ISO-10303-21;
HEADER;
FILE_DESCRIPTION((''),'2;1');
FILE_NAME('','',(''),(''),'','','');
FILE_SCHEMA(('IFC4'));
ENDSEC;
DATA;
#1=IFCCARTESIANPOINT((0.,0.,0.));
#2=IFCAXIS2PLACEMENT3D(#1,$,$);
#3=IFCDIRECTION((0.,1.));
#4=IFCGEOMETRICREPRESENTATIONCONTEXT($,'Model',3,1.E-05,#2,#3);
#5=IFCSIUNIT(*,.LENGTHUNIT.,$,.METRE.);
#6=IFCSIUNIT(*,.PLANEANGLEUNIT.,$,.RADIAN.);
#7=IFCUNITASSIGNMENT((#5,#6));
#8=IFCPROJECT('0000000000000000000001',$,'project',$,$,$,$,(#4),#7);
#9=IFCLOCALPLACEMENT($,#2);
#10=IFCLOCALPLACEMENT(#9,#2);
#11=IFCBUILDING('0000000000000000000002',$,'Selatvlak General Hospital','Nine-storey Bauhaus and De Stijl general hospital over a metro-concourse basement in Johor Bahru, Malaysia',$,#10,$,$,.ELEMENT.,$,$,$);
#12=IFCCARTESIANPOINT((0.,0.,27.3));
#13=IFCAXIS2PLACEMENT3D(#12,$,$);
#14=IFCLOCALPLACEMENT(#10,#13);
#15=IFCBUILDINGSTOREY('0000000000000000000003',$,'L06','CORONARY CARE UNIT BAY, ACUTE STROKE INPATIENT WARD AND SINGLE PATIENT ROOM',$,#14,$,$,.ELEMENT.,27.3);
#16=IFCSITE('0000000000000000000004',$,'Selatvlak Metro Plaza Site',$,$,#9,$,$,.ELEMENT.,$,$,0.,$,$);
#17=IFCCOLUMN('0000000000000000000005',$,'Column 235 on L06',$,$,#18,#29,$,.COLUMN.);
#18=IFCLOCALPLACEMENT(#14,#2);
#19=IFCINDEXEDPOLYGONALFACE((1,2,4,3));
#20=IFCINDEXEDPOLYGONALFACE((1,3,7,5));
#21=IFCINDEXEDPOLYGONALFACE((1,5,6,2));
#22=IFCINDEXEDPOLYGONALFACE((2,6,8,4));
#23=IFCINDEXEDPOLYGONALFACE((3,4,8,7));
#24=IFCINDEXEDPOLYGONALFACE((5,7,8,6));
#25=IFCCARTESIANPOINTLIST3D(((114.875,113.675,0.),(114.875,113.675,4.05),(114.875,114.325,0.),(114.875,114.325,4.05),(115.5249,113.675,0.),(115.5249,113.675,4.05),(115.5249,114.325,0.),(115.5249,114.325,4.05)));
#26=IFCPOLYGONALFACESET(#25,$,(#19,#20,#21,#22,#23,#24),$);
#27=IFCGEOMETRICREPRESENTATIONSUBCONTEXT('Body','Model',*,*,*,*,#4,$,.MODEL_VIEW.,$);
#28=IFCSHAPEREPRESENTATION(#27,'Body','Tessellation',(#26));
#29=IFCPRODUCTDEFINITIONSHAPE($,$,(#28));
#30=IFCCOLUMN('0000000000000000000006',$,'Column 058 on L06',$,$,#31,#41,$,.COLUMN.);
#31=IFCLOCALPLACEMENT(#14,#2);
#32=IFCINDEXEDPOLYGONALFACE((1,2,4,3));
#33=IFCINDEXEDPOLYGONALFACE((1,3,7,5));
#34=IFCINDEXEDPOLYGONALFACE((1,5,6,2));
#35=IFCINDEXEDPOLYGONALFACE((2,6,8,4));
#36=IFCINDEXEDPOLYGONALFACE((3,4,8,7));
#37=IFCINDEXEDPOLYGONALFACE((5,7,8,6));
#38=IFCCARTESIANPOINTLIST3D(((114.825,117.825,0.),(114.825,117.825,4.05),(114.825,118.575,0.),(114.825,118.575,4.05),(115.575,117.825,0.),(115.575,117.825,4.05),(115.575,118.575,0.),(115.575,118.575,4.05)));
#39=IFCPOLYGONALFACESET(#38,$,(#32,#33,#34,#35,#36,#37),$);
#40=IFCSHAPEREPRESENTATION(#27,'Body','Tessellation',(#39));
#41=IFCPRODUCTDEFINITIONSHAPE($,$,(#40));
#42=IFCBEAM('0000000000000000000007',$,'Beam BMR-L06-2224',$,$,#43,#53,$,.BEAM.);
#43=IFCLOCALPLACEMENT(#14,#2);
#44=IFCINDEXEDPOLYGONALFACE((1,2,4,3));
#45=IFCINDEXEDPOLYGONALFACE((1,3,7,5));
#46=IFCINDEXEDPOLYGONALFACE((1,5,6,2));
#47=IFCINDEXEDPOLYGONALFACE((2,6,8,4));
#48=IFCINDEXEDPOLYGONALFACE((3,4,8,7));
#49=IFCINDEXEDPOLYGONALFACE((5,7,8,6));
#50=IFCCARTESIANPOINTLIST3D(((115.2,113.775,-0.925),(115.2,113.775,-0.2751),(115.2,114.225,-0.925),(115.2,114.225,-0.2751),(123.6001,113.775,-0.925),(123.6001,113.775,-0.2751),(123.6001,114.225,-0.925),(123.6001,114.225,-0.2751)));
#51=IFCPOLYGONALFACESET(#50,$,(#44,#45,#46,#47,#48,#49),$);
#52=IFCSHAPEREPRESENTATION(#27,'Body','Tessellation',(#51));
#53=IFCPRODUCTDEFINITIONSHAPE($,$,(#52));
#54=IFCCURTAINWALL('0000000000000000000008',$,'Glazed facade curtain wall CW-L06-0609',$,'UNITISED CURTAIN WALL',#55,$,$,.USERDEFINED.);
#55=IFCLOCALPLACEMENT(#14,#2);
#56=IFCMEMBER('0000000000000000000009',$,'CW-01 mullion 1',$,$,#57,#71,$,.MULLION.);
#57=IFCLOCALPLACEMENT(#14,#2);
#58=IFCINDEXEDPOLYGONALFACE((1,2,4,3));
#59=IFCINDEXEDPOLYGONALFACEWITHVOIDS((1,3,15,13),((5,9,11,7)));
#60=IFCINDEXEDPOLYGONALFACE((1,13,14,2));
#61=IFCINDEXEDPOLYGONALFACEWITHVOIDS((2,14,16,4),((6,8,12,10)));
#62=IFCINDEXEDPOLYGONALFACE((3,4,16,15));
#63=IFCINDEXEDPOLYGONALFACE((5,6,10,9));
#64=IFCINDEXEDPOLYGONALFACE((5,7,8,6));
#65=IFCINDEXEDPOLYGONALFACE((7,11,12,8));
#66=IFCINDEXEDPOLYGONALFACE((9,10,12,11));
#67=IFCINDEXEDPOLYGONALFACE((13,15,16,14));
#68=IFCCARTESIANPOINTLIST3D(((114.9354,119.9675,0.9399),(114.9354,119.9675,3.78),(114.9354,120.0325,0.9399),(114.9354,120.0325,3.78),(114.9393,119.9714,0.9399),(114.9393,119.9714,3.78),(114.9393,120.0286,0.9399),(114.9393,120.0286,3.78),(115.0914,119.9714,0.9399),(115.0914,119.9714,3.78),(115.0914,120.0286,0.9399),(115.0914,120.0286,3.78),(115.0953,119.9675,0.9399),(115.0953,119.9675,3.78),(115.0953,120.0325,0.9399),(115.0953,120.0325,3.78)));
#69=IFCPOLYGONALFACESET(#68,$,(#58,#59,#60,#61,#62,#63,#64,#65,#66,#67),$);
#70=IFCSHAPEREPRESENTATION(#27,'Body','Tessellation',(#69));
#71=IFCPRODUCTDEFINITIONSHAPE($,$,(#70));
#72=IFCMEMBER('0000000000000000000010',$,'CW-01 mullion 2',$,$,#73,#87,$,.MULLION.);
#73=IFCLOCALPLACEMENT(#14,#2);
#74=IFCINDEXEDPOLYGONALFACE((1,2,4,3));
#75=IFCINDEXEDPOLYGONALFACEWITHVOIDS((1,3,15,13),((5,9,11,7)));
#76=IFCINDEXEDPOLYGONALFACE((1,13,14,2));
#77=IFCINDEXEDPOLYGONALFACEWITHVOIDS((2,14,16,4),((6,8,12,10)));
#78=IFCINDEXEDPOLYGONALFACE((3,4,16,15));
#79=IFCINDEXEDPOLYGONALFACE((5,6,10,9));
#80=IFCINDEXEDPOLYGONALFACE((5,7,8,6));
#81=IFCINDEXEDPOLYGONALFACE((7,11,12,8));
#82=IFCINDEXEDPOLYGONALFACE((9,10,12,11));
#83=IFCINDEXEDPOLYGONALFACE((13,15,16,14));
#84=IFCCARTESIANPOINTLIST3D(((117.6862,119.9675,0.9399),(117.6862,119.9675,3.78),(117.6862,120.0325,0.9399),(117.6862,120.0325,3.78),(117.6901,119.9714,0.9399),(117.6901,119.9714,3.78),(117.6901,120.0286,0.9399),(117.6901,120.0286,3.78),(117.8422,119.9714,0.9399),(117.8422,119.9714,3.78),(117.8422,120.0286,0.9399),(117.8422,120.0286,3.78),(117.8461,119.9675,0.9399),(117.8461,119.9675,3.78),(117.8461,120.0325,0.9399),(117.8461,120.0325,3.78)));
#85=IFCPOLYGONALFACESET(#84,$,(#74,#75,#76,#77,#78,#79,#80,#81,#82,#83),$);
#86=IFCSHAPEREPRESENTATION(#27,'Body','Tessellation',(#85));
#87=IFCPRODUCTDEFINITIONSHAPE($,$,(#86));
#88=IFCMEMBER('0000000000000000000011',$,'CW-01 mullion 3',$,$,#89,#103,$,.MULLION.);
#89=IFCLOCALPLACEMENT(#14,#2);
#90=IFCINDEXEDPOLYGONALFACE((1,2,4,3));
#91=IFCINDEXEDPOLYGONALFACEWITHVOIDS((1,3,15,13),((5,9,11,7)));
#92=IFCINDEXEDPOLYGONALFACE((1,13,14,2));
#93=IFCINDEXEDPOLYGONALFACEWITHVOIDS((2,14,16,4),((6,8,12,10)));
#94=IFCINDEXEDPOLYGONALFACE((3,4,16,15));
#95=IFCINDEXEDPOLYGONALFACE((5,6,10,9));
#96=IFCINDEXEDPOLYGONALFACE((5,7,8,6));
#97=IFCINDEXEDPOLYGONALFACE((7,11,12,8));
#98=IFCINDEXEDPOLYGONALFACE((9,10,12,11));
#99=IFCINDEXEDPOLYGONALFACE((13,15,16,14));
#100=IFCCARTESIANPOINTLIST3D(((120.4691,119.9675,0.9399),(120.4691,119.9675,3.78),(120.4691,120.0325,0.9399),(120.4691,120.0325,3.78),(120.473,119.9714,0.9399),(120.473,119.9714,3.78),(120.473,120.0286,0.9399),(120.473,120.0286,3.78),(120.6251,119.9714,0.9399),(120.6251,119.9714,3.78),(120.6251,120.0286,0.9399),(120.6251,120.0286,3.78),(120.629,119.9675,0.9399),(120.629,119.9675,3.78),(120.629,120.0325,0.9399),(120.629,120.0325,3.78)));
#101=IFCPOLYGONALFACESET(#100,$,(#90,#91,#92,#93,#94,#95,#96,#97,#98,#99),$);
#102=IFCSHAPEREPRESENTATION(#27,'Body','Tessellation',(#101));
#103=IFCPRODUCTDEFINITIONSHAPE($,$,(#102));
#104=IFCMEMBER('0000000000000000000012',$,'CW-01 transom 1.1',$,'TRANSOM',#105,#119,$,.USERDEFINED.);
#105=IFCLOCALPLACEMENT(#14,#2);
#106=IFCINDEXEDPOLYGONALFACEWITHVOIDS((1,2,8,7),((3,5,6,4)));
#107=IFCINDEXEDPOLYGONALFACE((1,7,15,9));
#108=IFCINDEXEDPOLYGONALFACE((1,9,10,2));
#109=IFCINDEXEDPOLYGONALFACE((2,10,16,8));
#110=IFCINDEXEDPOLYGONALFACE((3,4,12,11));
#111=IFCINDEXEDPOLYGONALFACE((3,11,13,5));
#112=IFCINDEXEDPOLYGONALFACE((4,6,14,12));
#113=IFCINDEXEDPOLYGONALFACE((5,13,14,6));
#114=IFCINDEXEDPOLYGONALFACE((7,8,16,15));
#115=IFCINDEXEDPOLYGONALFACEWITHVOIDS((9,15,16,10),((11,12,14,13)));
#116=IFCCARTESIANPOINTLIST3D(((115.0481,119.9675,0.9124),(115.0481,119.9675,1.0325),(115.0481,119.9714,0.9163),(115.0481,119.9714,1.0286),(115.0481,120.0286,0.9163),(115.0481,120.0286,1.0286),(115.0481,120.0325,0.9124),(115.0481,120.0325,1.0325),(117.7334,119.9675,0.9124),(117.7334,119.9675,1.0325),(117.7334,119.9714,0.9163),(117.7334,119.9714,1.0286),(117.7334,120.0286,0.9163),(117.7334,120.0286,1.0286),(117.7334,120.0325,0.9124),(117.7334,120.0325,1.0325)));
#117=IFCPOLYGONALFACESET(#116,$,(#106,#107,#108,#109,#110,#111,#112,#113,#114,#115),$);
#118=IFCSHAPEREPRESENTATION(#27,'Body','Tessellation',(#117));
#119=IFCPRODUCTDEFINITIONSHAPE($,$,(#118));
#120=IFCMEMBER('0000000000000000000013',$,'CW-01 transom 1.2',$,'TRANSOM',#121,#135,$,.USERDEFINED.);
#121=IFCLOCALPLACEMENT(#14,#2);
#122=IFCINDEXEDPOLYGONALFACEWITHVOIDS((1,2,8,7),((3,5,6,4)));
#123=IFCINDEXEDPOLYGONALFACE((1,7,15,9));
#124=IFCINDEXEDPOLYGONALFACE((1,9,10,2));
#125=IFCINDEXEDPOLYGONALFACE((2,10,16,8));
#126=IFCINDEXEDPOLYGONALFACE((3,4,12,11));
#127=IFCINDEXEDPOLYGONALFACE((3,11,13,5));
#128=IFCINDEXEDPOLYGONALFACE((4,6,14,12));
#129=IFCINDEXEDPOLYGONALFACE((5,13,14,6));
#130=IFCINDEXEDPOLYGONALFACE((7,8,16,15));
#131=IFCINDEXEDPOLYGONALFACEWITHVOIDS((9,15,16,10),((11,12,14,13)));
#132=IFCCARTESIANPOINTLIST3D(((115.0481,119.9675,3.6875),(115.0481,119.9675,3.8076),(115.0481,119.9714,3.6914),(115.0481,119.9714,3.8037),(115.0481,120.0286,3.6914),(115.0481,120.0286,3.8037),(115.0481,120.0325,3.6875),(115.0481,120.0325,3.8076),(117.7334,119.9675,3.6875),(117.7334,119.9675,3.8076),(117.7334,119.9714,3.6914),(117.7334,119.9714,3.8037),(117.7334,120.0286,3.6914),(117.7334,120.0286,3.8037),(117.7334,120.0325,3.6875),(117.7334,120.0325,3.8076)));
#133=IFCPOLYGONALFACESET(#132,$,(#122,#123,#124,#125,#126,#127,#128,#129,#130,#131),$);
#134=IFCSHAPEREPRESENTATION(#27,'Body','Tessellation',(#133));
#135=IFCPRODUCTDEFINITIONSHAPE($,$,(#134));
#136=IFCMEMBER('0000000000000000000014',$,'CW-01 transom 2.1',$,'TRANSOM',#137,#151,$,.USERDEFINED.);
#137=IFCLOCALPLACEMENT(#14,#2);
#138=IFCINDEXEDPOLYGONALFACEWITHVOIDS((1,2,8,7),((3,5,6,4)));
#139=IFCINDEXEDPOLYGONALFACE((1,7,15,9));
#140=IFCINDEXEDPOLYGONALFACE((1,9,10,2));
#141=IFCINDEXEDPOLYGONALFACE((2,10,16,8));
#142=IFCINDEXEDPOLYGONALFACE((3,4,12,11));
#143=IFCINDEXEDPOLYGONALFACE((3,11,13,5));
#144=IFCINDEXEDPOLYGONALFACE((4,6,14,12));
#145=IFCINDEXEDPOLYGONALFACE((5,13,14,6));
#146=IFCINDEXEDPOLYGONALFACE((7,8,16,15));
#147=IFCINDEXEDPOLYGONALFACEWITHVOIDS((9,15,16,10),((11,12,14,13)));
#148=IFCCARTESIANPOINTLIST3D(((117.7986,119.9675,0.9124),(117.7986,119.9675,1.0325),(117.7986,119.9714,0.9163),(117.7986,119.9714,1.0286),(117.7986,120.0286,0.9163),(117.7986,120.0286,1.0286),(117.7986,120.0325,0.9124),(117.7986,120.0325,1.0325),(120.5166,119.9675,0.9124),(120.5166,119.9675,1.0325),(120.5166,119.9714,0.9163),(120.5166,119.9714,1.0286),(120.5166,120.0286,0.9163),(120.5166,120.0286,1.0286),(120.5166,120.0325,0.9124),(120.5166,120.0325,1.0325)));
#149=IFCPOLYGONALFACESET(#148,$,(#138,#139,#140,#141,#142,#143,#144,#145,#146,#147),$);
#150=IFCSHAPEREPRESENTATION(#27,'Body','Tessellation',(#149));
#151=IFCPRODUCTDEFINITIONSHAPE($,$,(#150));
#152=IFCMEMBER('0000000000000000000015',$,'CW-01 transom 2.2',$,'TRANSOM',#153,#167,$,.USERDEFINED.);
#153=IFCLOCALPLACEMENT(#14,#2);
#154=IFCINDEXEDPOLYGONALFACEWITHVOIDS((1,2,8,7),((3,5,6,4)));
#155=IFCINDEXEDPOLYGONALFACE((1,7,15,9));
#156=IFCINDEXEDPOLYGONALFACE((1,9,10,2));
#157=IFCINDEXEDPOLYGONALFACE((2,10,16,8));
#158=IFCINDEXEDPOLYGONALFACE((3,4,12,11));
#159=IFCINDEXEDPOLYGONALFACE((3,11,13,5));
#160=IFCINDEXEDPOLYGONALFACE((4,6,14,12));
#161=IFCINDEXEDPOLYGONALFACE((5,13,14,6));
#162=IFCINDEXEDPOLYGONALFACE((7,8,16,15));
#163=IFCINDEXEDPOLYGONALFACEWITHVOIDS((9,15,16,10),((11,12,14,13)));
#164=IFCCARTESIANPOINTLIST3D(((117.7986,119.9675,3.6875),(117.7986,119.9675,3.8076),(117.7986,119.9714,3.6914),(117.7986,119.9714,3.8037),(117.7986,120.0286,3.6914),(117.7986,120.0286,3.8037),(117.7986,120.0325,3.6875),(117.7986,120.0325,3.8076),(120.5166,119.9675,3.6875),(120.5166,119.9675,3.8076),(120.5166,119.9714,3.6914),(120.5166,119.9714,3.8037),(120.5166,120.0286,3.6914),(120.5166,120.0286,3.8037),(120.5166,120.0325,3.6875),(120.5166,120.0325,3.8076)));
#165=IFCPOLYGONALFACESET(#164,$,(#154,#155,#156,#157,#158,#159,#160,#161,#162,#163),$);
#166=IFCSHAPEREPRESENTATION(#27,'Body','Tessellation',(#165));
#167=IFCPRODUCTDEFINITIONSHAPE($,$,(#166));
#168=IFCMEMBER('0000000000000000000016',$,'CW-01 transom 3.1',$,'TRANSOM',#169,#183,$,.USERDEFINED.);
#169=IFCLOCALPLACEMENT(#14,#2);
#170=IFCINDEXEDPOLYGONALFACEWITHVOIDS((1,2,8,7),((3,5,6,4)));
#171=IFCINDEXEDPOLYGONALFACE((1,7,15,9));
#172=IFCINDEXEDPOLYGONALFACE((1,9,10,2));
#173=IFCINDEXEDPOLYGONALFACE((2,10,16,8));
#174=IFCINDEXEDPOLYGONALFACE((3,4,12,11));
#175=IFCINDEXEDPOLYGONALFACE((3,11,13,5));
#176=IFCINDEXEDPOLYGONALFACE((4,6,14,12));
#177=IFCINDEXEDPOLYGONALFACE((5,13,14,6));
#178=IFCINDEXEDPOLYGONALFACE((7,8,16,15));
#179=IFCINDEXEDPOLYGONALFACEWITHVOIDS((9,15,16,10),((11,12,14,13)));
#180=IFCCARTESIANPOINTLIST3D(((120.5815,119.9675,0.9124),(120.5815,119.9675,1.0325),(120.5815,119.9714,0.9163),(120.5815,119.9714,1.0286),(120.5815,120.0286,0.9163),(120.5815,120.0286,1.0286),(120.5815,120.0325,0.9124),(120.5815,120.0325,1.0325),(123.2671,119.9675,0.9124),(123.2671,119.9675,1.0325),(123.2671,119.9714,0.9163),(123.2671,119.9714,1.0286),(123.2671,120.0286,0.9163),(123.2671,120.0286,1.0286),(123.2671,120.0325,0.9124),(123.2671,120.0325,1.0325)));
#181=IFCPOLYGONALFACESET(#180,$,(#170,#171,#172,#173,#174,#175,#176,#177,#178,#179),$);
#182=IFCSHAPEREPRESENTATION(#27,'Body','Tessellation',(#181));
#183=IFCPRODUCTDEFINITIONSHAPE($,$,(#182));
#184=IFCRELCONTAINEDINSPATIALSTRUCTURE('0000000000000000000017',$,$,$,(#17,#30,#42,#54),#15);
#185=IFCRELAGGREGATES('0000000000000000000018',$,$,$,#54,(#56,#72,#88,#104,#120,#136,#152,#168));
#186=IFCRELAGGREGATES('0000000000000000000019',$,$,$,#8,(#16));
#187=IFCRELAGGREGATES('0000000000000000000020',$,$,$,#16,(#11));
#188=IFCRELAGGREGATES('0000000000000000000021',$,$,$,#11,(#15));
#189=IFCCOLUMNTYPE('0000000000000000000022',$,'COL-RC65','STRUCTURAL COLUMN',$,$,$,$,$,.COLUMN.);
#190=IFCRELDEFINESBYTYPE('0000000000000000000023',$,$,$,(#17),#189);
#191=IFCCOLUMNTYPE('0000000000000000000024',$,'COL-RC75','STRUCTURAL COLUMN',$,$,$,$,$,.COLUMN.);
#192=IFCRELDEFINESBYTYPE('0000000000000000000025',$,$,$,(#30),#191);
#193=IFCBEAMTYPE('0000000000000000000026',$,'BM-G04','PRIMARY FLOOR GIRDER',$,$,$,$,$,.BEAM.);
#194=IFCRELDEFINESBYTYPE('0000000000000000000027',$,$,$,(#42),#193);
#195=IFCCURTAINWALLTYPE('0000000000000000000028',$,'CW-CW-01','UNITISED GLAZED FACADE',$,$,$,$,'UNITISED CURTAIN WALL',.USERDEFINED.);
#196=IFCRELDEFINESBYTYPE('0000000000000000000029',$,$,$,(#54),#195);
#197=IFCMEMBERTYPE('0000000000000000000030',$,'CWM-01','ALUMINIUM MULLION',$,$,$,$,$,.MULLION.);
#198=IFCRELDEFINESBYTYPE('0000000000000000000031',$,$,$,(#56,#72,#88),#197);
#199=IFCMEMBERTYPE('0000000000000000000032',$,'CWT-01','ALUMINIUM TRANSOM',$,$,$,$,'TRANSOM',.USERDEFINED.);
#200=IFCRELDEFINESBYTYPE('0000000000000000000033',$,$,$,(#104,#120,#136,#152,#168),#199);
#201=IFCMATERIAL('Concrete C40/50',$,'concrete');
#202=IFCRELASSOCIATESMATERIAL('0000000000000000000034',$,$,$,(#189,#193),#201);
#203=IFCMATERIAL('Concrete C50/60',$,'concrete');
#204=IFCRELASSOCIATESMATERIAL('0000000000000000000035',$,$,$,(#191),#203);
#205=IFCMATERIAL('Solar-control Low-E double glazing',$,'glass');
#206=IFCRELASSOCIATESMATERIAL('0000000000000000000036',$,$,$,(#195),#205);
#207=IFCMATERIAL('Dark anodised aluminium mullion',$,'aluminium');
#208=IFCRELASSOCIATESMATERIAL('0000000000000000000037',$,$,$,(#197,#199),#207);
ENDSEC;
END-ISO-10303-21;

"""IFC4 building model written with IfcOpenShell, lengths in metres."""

from ifc_helpers import new_model, si_unit, direction, frame, origin, origin_2d, place, context, subcontext, project, spatial, rectangle, hollow_rectangle, extrude, material, material_profile, profile_set, type_object, element, aggregate, save


model = new_model("IFC4")

# Units and contexts
model_context = context("Model", 3, precision=1e-05, world=origin(), true_north=direction((0.0, 1.0)))
body_context = subcontext(model_context, "Body", "Model", "MODEL_VIEW")
ifc_project = project(units=[si_unit("LENGTHUNIT", "METRE"), si_unit("PLANEANGLEUNIT", "RADIAN")], contexts=[model_context])

# Site, building, storey
site_placement = place(None, origin())
site = spatial("IfcSite", under=ifc_project, at=site_placement, Name="Selatvlak Metro Plaza Site", CompositionType="ELEMENT", RefElevation=0.0)
building_placement = place(site_placement, origin())
building = spatial("IfcBuilding", under=site, at=building_placement, Name="Selatvlak General Hospital", Description="Nine-storey Bauhaus and De Stijl general hospital over a metro-concourse basement in Johor Bahru, Malaysia", CompositionType="ELEMENT")
storey_placement = place(building_placement, frame((0.0, 0.0, 27.3)))
storey = spatial("IfcBuildingStorey", under=building, at=storey_placement, Name="L06", Description="CORONARY CARE UNIT BAY, ACUTE STROKE INPATIENT WARD AND SINGLE PATIENT ROOM", CompositionType="ELEMENT", Elevation=27.3)

# Columns
ifc_material_1 = material(Name="Concrete C40/50", Category="concrete")
ifc_material_profile_1 = material_profile(ifc_material_1, rectangle(XDim=0.6499, YDim=0.6499, at=origin_2d()), Name="RC-COL 650x650")
ifc_profile_set_1 = profile_set([ifc_material_profile_1], Name="Concrete C40/50")
column_type_1 = type_object("IfcColumnType", Name="COL-RC65", Description="STRUCTURAL COLUMN", PredefinedType="COLUMN", material=ifc_profile_set_1)
column_1_placement = place(storey_placement, frame((115.2, 114.0, 0.0), z_axis=(0.0, 0.0, 1.0), x_axis=(1.0, 0.0, 0.0)))
element("IfcColumn", 1, at=column_1_placement, inside=storey, type_object=column_type_1, Name="Column 235 on L06", PredefinedType="COLUMN", context=body_context, shape_type="SweptSolid", body=[
    extrude(rectangle(XDim=0.6499, YDim=0.6499, at=origin_2d()), origin(), (0.0, 0.0, 1.0), 4.05),
])
ifc_material_2 = material(Name="Concrete C50/60", Category="concrete")
ifc_material_profile_2 = material_profile(ifc_material_2, rectangle(XDim=0.75, YDim=0.75, at=origin_2d()), Name="RC-COL 750x750")
ifc_profile_set_2 = profile_set([ifc_material_profile_2], Name="Concrete C50/60")
column_type_2 = type_object("IfcColumnType", Name="COL-RC75", Description="STRUCTURAL COLUMN", PredefinedType="COLUMN", material=ifc_profile_set_2)
column_2_placement = place(storey_placement, frame((115.2, 118.2, 0.0), z_axis=(0.0, 0.0, 1.0), x_axis=(1.0, 0.0, 0.0)))
element("IfcColumn", 2, at=column_2_placement, inside=storey, type_object=column_type_2, Name="Column 058 on L06", PredefinedType="COLUMN", context=body_context, shape_type="SweptSolid", body=[
    extrude(rectangle(XDim=0.75, YDim=0.75, at=origin_2d()), origin(), (0.0, 0.0, 1.0), 4.05),
])

# Beam
ifc_material_profile_3 = material_profile(ifc_material_1, rectangle(XDim=0.45, YDim=0.6499, at=origin_2d()), Name="RC-BM 450x650")
ifc_profile_set_3 = profile_set([ifc_material_profile_3], Name="Concrete C40/50")
beam_type = type_object("IfcBeamType", Name="BM-G04", Description="PRIMARY FLOOR GIRDER", PredefinedType="BEAM", material=ifc_profile_set_3)
beam_placement = place(storey_placement, frame((115.2, 114.0, -0.6001), z_axis=(1.0, 0.0, 0.0), x_axis=(0.0, 1.0, 0.0)))
element("IfcBeam", 3, at=beam_placement, inside=storey, type_object=beam_type, Name="Beam BMR-L06-2224", PredefinedType="BEAM", context=body_context, shape_type="SweptSolid", body=[
    extrude(rectangle(XDim=0.45, YDim=0.6499, at=origin_2d()), origin(), (0.0, 0.0, 1.0), 8.4001),
])

# Curtain wall, members
ifc_material_3 = material(Name="Solar-control Low-E double glazing", Category="glass")
curtain_wall_type = type_object("IfcCurtainWallType", Name="CW-CW-01", Description="UNITISED GLAZED FACADE", ElementType="UNITISED CURTAIN WALL", PredefinedType="USERDEFINED", material=ifc_material_3)
curtain_wall_placement = place(storey_placement, origin())
curtain_wall = element("IfcCurtainWall", 4, at=curtain_wall_placement, inside=storey, type_object=curtain_wall_type, Name="Glazed facade curtain wall CW-L06-0609", ObjectType="UNITISED CURTAIN WALL", PredefinedType="USERDEFINED")
ifc_material_4 = material(Name="Dark anodised aluminium mullion", Category="aluminium")
ifc_material_profile_4 = material_profile(ifc_material_4, hollow_rectangle(XDim=0.0649, YDim=0.1599, WallThickness=0.0039, at=origin_2d()), Name="AL-MUL 65x160x4")
ifc_profile_set_4 = profile_set([ifc_material_profile_4], Name="Dark anodised aluminium mullion")
member_type_1 = type_object("IfcMemberType", Name="CWM-01", Description="ALUMINIUM MULLION", PredefinedType="MULLION", material=ifc_profile_set_4)
member_1_placement = place(storey_placement, frame((115.0154, 120.0, 0.9399), z_axis=(0.0, 0.0, 1.0), x_axis=(0.0, 1.0, 0.0)))
member_1 = element("IfcMember", 5, at=member_1_placement, type_object=member_type_1, Name="CW-01 mullion 1", PredefinedType="MULLION", context=body_context, shape_type="SweptSolid", body=[
    extrude(hollow_rectangle(XDim=0.0649, YDim=0.1599, WallThickness=0.0039, at=origin_2d()), origin(), (0.0, 0.0, 1.0), 2.8401),
])
member_2_placement = place(storey_placement, frame((117.7661, 120.0, 0.9399), z_axis=(0.0, 0.0, 1.0), x_axis=(0.0, 1.0, 0.0)))
member_2 = element("IfcMember", 6, at=member_2_placement, type_object=member_type_1, Name="CW-01 mullion 2", PredefinedType="MULLION", context=body_context, shape_type="SweptSolid", body=[
    extrude(hollow_rectangle(XDim=0.0649, YDim=0.1599, WallThickness=0.0039, at=origin_2d()), origin(), (0.0, 0.0, 1.0), 2.8401),
])
member_3_placement = place(storey_placement, frame((120.5491, 120.0, 0.9399), z_axis=(0.0, 0.0, 1.0), x_axis=(0.0, 1.0, 0.0)))
member_3 = element("IfcMember", 7, at=member_3_placement, type_object=member_type_1, Name="CW-01 mullion 3", PredefinedType="MULLION", context=body_context, shape_type="SweptSolid", body=[
    extrude(hollow_rectangle(XDim=0.0649, YDim=0.1599, WallThickness=0.0039, at=origin_2d()), origin(), (0.0, 0.0, 1.0), 2.8401),
])
ifc_material_profile_5 = material_profile(ifc_material_4, hollow_rectangle(XDim=0.0649, YDim=0.1201, WallThickness=0.0039, at=origin_2d()), Name="AL-TRN 65x120x4")
ifc_profile_set_5 = profile_set([ifc_material_profile_5], Name="Dark anodised aluminium mullion")
member_type_2 = type_object("IfcMemberType", Name="CWT-01", Description="ALUMINIUM TRANSOM", ElementType="TRANSOM", PredefinedType="USERDEFINED", material=ifc_profile_set_5)
member_4_placement = place(storey_placement, frame((115.0481, 120.0, 0.9724), z_axis=(1.0, 0.0, 0.0), x_axis=(0.0, 1.0, 0.0)))
member_4 = element("IfcMember", 8, at=member_4_placement, type_object=member_type_2, Name="CW-01 transom 1.1", ObjectType="TRANSOM", PredefinedType="USERDEFINED", context=body_context, shape_type="SweptSolid", body=[
    extrude(hollow_rectangle(XDim=0.0649, YDim=0.1201, WallThickness=0.0039, at=origin_2d()), origin(), (0.0, 0.0, 1.0), 2.6853),
])
member_5_placement = place(storey_placement, frame((115.0481, 120.0, 3.7476), z_axis=(1.0, 0.0, 0.0), x_axis=(0.0, 1.0, 0.0)))
member_5 = element("IfcMember", 9, at=member_5_placement, type_object=member_type_2, Name="CW-01 transom 1.2", ObjectType="TRANSOM", PredefinedType="USERDEFINED", context=body_context, shape_type="SweptSolid", body=[
    extrude(hollow_rectangle(XDim=0.0649, YDim=0.1201, WallThickness=0.0039, at=origin_2d()), origin(), (0.0, 0.0, 1.0), 2.6853),
])
member_6_placement = place(storey_placement, frame((117.7986, 120.0, 0.9724), z_axis=(1.0, 0.0, 0.0), x_axis=(0.0, 1.0, 0.0)))
member_6 = element("IfcMember", 10, at=member_6_placement, type_object=member_type_2, Name="CW-01 transom 2.1", ObjectType="TRANSOM", PredefinedType="USERDEFINED", context=body_context, shape_type="SweptSolid", body=[
    extrude(hollow_rectangle(XDim=0.0649, YDim=0.1201, WallThickness=0.0039, at=origin_2d()), origin(), (0.0, 0.0, 1.0), 2.718),
])
member_7_placement = place(storey_placement, frame((117.7986, 120.0, 3.7476), z_axis=(1.0, 0.0, 0.0), x_axis=(0.0, 1.0, 0.0)))
member_7 = element("IfcMember", 11, at=member_7_placement, type_object=member_type_2, Name="CW-01 transom 2.2", ObjectType="TRANSOM", PredefinedType="USERDEFINED", context=body_context, shape_type="SweptSolid", body=[
    extrude(hollow_rectangle(XDim=0.0649, YDim=0.1201, WallThickness=0.0039, at=origin_2d()), origin(), (0.0, 0.0, 1.0), 2.718),
])
member_8_placement = place(storey_placement, frame((120.5815, 120.0, 0.9724), z_axis=(1.0, 0.0, 0.0), x_axis=(0.0, 1.0, 0.0)))
member_8 = element("IfcMember", 12, at=member_8_placement, type_object=member_type_2, Name="CW-01 transom 3.1", ObjectType="TRANSOM", PredefinedType="USERDEFINED", context=body_context, shape_type="SweptSolid", body=[
    extrude(hollow_rectangle(XDim=0.0649, YDim=0.1201, WallThickness=0.0039, at=origin_2d()), origin(), (0.0, 0.0, 1.0), 2.6855),
])
aggregate(curtain_wall, [member_1, member_2, member_3, member_4, member_5, member_6, member_7, member_8])

save(model, "model.ifc")
